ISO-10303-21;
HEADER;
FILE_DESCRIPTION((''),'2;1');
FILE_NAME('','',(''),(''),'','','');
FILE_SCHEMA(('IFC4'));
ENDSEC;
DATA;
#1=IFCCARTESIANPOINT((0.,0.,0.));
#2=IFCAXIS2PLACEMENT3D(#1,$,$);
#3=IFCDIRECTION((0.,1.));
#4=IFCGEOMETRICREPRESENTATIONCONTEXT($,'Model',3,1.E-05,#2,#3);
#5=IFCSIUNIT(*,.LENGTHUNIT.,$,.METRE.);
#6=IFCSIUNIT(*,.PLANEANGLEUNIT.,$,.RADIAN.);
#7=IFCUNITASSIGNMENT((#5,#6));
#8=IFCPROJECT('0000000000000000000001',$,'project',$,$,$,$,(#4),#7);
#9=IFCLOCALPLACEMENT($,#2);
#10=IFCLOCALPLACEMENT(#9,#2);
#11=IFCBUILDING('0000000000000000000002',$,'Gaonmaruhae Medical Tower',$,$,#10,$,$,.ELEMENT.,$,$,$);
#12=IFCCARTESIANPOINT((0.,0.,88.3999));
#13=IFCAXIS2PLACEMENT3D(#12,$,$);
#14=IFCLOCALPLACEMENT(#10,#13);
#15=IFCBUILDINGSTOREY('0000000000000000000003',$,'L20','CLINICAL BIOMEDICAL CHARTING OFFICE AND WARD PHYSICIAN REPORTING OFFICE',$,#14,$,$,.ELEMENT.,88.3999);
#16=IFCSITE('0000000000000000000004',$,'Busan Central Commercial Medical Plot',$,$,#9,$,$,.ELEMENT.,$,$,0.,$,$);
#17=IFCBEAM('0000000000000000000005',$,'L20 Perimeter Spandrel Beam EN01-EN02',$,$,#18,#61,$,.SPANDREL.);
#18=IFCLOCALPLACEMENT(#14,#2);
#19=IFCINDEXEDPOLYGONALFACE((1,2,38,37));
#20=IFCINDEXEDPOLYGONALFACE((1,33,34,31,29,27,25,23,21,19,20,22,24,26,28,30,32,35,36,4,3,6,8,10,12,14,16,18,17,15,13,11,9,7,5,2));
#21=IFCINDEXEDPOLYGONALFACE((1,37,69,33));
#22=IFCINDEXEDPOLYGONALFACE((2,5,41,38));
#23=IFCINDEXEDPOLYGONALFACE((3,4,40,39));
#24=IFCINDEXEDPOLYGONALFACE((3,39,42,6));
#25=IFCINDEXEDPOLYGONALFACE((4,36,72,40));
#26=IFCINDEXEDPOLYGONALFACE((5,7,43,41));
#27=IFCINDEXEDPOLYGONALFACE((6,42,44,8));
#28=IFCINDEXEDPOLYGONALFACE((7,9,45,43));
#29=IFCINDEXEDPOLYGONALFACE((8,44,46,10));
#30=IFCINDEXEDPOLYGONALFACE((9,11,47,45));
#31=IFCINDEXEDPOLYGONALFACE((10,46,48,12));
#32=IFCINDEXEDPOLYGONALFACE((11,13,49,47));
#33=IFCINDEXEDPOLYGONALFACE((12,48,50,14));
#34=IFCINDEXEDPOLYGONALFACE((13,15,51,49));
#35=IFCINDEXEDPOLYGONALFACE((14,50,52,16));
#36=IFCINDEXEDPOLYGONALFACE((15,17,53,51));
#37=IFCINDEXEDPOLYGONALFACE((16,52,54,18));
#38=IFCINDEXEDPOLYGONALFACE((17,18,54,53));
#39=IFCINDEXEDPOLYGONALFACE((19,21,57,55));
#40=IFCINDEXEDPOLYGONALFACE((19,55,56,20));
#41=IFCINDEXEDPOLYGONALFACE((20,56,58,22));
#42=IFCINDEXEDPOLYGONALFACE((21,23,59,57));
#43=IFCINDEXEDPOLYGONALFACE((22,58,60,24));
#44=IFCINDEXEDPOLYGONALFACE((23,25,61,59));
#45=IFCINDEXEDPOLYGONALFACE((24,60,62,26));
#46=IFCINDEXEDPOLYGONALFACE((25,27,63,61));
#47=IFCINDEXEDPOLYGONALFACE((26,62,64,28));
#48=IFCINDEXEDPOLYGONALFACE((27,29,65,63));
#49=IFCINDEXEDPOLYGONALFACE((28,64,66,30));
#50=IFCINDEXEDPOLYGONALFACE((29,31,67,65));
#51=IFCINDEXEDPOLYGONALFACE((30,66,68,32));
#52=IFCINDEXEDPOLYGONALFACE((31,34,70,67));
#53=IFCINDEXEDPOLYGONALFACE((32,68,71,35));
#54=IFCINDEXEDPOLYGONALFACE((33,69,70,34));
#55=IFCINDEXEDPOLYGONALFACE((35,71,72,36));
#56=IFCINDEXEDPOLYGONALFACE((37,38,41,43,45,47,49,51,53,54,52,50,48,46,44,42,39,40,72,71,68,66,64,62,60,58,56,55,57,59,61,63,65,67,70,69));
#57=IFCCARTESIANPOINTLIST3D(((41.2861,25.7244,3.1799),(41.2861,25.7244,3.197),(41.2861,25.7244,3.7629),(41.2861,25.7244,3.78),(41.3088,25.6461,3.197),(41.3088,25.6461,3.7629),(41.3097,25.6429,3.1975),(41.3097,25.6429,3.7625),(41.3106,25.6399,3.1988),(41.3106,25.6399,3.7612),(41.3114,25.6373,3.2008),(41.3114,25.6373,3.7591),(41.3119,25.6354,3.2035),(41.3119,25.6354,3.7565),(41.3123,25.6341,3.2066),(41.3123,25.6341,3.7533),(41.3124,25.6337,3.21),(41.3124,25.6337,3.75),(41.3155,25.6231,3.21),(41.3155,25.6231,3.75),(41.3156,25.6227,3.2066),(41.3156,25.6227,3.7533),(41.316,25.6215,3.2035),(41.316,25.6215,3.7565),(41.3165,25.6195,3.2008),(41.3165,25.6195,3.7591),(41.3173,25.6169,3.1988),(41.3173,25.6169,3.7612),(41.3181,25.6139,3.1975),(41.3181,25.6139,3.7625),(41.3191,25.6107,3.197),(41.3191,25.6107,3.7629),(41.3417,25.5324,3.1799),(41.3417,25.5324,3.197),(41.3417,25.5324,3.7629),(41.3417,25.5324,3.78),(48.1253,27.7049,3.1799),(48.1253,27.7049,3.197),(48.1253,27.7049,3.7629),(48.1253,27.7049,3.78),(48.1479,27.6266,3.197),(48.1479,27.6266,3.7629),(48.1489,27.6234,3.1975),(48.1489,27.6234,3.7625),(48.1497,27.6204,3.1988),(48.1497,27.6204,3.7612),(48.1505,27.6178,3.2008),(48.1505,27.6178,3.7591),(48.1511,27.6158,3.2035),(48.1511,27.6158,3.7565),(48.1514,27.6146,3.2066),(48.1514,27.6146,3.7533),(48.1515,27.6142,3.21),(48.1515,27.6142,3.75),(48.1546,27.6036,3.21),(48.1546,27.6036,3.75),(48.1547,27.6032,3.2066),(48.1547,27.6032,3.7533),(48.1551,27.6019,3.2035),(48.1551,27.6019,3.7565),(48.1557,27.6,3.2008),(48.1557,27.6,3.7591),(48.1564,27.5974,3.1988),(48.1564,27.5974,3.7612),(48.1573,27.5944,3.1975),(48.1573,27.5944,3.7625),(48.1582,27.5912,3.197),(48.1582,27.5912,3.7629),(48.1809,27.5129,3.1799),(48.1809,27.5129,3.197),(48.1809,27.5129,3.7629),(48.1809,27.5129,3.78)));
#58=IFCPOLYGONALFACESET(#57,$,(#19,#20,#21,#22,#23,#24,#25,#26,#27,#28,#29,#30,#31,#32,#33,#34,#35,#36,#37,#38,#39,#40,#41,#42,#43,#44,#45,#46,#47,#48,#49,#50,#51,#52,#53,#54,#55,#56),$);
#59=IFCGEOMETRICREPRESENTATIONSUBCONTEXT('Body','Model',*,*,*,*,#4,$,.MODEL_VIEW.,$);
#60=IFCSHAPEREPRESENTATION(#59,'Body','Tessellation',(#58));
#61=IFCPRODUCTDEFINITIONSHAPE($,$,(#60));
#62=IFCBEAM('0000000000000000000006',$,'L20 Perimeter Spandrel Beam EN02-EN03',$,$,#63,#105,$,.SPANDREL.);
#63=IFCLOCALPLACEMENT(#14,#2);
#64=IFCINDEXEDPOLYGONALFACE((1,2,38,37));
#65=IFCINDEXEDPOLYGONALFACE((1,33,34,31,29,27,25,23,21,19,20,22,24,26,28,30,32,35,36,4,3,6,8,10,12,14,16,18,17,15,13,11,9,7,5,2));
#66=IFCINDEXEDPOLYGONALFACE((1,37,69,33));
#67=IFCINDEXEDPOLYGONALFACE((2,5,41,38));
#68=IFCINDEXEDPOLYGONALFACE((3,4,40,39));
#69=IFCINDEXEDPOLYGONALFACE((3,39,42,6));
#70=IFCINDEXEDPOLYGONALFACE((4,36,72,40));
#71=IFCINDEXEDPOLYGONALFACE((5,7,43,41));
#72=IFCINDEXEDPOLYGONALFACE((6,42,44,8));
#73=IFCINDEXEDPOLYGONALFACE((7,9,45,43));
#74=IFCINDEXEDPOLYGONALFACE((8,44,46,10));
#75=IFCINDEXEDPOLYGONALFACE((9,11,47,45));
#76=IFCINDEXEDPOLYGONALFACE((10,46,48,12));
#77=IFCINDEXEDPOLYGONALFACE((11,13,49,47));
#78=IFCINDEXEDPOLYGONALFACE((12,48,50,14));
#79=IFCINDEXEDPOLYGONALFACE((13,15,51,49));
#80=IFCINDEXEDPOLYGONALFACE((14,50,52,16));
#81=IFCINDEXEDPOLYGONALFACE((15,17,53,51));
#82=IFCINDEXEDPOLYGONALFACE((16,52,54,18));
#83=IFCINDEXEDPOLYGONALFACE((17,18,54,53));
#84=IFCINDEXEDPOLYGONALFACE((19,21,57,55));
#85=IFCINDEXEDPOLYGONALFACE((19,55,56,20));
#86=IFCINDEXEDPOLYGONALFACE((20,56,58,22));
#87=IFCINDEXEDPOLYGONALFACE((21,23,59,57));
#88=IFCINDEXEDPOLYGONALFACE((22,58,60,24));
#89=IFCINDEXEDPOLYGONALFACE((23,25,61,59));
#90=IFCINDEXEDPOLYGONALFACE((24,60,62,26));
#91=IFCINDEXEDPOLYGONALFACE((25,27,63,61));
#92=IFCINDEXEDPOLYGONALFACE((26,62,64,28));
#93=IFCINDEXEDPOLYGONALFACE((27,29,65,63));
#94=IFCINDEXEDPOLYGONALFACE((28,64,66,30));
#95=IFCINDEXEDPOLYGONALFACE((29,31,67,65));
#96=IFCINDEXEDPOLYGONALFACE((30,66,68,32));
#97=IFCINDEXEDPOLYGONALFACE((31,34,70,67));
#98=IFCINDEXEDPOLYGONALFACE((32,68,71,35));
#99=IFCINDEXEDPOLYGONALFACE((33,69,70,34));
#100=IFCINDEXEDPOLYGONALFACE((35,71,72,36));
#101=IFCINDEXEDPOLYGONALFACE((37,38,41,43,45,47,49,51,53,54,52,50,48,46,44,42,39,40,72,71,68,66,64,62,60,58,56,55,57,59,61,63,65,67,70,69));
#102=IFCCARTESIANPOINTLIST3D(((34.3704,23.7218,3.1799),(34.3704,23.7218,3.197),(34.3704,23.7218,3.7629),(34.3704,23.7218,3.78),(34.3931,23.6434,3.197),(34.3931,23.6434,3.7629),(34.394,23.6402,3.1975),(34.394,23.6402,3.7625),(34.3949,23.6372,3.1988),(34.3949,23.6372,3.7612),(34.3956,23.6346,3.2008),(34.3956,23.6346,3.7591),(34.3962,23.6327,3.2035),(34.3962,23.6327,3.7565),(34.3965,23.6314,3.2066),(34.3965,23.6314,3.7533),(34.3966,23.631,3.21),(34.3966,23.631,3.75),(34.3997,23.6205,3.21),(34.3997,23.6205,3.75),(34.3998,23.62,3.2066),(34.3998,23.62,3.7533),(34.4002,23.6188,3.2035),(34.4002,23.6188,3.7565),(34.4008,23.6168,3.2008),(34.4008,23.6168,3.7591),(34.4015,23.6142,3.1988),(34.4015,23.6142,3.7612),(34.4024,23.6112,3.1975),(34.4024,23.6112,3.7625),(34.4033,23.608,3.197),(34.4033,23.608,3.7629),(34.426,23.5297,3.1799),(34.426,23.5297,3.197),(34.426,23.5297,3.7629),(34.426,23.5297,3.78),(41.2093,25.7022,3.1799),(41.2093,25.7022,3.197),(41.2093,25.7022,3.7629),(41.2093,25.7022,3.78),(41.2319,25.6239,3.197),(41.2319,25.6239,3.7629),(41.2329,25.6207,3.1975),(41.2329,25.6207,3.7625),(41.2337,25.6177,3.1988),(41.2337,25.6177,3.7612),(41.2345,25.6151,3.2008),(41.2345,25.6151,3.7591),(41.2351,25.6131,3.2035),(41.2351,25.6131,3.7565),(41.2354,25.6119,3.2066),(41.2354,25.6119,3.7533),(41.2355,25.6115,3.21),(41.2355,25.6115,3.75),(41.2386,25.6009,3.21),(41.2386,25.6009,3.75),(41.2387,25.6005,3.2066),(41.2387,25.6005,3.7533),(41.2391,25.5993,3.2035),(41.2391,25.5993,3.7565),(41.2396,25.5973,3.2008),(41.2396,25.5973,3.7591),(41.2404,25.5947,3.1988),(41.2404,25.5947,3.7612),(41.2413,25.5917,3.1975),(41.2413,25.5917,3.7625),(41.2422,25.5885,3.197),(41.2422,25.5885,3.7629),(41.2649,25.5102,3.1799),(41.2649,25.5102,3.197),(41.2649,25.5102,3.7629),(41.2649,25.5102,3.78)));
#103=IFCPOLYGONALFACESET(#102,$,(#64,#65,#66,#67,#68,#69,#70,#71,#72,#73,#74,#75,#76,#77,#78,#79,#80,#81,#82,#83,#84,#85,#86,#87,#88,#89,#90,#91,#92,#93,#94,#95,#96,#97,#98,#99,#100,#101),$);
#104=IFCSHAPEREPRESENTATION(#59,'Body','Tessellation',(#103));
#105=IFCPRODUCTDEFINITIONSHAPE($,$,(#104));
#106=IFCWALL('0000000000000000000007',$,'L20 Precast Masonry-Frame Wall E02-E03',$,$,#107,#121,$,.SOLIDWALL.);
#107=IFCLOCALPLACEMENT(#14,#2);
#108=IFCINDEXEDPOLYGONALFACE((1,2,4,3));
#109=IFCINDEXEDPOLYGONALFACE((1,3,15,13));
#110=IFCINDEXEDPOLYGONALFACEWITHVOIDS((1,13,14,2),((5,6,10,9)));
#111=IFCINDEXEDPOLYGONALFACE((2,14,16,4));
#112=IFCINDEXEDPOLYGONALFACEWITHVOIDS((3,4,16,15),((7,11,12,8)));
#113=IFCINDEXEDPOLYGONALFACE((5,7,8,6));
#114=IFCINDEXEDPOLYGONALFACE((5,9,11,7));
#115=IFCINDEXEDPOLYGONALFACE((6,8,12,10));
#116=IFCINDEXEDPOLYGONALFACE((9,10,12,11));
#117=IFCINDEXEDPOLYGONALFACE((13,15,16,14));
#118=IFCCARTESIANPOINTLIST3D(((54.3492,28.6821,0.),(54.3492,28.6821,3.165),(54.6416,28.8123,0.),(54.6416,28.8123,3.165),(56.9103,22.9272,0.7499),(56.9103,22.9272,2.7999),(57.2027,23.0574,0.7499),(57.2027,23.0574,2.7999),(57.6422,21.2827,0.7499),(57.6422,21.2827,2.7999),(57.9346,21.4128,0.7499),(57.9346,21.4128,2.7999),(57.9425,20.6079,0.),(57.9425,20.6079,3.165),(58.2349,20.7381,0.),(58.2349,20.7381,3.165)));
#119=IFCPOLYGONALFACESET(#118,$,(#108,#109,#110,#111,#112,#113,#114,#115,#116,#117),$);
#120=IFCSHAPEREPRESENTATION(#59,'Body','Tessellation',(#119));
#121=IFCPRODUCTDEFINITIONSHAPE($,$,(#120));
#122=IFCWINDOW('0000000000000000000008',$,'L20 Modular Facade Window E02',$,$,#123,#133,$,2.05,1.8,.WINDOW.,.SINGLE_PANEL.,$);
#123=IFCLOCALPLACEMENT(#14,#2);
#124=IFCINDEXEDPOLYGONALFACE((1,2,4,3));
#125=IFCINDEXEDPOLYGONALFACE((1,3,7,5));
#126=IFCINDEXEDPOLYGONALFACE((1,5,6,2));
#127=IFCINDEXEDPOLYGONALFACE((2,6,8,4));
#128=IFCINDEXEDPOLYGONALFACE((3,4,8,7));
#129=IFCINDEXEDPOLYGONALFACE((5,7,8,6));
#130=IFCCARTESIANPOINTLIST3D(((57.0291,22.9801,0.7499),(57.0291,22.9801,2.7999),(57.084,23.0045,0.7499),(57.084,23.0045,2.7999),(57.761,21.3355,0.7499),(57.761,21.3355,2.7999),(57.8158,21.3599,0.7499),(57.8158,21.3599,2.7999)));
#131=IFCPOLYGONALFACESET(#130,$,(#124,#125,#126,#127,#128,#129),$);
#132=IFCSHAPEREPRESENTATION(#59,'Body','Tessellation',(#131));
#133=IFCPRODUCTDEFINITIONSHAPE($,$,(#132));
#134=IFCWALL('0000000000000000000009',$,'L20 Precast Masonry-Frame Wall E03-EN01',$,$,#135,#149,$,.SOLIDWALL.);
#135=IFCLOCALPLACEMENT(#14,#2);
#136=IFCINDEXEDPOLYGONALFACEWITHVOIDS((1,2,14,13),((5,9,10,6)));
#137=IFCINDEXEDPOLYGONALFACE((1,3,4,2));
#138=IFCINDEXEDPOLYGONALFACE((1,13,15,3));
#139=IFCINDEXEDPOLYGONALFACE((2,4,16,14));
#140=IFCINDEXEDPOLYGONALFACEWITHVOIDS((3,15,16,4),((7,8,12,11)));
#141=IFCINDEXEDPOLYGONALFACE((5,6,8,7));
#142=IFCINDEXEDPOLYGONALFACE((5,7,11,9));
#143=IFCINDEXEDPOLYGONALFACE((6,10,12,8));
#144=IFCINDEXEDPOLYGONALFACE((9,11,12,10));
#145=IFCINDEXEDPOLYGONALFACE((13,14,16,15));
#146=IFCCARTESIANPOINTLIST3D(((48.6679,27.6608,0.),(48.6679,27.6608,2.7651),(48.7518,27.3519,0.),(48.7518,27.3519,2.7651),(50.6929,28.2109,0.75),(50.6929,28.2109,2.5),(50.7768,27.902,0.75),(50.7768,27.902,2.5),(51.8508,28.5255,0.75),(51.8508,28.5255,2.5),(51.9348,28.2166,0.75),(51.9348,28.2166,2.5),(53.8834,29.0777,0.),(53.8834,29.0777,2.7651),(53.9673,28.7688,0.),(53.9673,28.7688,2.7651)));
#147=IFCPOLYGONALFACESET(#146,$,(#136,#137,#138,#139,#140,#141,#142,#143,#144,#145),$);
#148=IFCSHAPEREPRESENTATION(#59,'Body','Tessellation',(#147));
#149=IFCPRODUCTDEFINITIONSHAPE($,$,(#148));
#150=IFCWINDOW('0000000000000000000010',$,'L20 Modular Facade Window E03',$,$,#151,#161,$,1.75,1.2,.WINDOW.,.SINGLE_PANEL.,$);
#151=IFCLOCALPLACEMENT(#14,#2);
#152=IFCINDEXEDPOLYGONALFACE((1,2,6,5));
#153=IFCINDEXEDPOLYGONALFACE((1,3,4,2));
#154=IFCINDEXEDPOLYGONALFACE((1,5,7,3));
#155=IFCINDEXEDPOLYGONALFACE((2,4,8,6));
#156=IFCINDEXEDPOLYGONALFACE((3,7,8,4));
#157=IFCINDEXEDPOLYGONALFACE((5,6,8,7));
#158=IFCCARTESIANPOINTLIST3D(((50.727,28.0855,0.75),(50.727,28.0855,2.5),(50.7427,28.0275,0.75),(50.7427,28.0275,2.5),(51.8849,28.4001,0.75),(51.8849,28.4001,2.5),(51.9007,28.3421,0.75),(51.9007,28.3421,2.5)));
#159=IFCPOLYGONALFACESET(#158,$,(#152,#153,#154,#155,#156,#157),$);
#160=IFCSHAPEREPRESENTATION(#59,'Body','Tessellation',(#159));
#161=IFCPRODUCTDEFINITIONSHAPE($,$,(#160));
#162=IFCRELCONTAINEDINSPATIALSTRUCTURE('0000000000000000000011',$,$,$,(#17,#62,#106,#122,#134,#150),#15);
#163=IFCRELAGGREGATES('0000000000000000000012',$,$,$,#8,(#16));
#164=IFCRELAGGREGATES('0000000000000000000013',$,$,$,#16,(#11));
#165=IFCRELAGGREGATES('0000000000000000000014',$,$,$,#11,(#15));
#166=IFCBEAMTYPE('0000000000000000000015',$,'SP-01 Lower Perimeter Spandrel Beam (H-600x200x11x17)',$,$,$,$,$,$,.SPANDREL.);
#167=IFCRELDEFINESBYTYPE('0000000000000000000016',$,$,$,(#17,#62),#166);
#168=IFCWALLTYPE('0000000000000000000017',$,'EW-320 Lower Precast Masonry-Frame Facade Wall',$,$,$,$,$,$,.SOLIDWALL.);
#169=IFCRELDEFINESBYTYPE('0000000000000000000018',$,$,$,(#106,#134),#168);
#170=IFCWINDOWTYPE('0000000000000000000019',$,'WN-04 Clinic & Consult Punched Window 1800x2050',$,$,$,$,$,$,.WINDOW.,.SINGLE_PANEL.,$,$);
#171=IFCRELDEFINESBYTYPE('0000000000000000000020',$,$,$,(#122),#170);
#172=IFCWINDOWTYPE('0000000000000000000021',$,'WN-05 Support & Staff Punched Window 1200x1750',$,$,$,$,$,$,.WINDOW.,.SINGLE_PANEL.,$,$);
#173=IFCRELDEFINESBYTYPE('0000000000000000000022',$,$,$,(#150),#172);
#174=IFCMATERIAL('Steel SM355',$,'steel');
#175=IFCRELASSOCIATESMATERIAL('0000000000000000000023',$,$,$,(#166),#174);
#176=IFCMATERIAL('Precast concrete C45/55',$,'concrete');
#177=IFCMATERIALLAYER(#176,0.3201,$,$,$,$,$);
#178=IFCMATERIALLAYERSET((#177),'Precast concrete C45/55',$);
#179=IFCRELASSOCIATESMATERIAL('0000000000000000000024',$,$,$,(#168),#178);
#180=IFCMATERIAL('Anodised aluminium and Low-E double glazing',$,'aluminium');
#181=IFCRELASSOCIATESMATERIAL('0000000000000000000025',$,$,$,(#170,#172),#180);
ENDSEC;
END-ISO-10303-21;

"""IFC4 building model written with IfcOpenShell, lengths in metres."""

from ifc_helpers import new_model, si_unit, direction, frame, frame_2d, origin, origin_2d, place, context, subcontext, project, spatial, rectangle, i_section, extrude, material, layer, layer_set, material_profile, profile_set, type_object, element, fill, save


model = new_model("IFC4")

# Units and contexts
model_context = context("Model", 3, precision=1e-05, world=origin(), true_north=direction((0.0, 1.0)))
body_context = subcontext(model_context, "Body", "Model", "MODEL_VIEW")
ifc_project = project(units=[si_unit("LENGTHUNIT", "METRE"), si_unit("PLANEANGLEUNIT", "RADIAN")], contexts=[model_context])

# Site, building, storey
site_placement = place(None, origin())
site = spatial("IfcSite", under=ifc_project, at=site_placement, Name="Busan Central Commercial Medical Plot", CompositionType="ELEMENT", RefElevation=0.0)
building_placement = place(site_placement, origin())
building = spatial("IfcBuilding", under=site, at=building_placement, Name="Gaonmaruhae Medical Tower", CompositionType="ELEMENT")
storey_placement = place(building_placement, frame((0.0, 0.0, 88.3999)))
storey = spatial("IfcBuildingStorey", under=building, at=storey_placement, Name="L20", Description="CLINICAL BIOMEDICAL CHARTING OFFICE AND WARD PHYSICIAN REPORTING OFFICE", CompositionType="ELEMENT", Elevation=88.3999)

# Beams
ifc_material_1 = material(Name="Steel SM355", Category="steel")
ifc_material_profile_1 = material_profile(ifc_material_1, i_section(OverallWidth=0.2, OverallDepth=0.6001, WebThickness=0.011, FlangeThickness=0.0171, FilletRadius=0.0129, at=origin_2d()), Name="H-600x200x11x17")
ifc_profile_set_1 = profile_set([ifc_material_profile_1], Name="Steel SM355")
beam_type_1 = type_object("IfcBeamType", Name="SP-01 Lower Perimeter Spandrel Beam (H-600x200x11x17)", PredefinedType="SPANDREL", material=ifc_profile_set_1)
beam_1_placement = place(storey_placement, frame((48.1531, 27.6089, 3.48), z_axis=(-0.960537, -0.278152, 0.0), x_axis=(0.278152, -0.960537, 0.0)))
element("IfcBeam", 1, at=beam_1_placement, inside=storey, type_object=beam_type_1, Name="L20 Perimeter Spandrel Beam EN01-EN02", PredefinedType="SPANDREL", context=body_context, shape_type="SweptSolid", body=[
    extrude(i_section(OverallWidth=0.2, OverallDepth=0.6001, WebThickness=0.011, FlangeThickness=0.0171, FilletRadius=0.0129, at=origin_2d()), origin(), (0.0, 0.0, 1.0), 7.1201),
])
beam_2_placement = place(storey_placement, frame((41.2371, 25.6062, 3.48), z_axis=(-0.960534, -0.278161, 0.0), x_axis=(0.278161, -0.960534, 0.0)))
element("IfcBeam", 2, at=beam_2_placement, inside=storey, type_object=beam_type_1, Name="L20 Perimeter Spandrel Beam EN02-EN03", PredefinedType="SPANDREL", context=body_context, shape_type="SweptSolid", body=[
    extrude(i_section(OverallWidth=0.2, OverallDepth=0.6001, WebThickness=0.011, FlangeThickness=0.0171, FilletRadius=0.0129, at=origin_2d()), origin(), (0.0, 0.0, 1.0), 7.1199),
])

# Walls, openings, windows
ifc_material_2 = material(Name="Precast concrete C45/55", Category="concrete")
ifc_layer_1 = layer(ifc_material_2, 0.3201)
ifc_layer_set_1 = layer_set([ifc_layer_1], Name="Precast concrete C45/55")
wall_type_1 = type_object("IfcWallType", Name="EW-320 Lower Precast Masonry-Frame Facade Wall", PredefinedType="SOLIDWALL", material=ifc_layer_set_1)
wall_1_placement = place(storey_placement, frame((54.4954, 28.7473, 0.0), z_axis=(0.0, 0.0, 1.0), x_axis=(0.406584, -0.913613, 0.0)))
wall_1 = element("IfcWall", 3, at=wall_1_placement, inside=storey, type_object=wall_type_1, Name="L20 Precast Masonry-Frame Wall E02-E03", PredefinedType="SOLIDWALL", context=body_context, shape_type="SweptSolid", body=[
    extrude(rectangle(XDim=8.8376, YDim=0.3201, at=frame_2d((4.4189, 0.0))), origin(), (0.0, 0.0, 1.0), 3.165),
])
opening_1_placement = place(wall_1_placement, frame((6.2993, 0.0, 0.75)))
opening_1 = element("IfcOpeningElement", 4, at=opening_1_placement, cuts=wall_1, PredefinedType="OPENING", context=body_context, shape_type="SweptSolid", body=[
    extrude(rectangle(XDim=1.8, YDim=2.05, at=frame_2d((0.8999, 1.0249))), frame((0.0, 0.1699, 0.0), z_axis=(0.0, -1.0, 0.0), x_axis=(1.0, 0.0, 0.0)), (0.0, 0.0, 1.0), 0.3401),
])
ifc_material_3 = material(Name="Anodised aluminium and Low-E double glazing", Category="aluminium")
window_type_1 = type_object("IfcWindowType", Name="WN-04 Clinic & Consult Punched Window 1800x2050", PartitioningType="SINGLE_PANEL", PredefinedType="WINDOW", material=ifc_material_3)
window_1_placement = place(opening_1_placement, origin())
window_1 = element("IfcWindow", 5, at=window_1_placement, inside=storey, type_object=window_type_1, Name="L20 Modular Facade Window E02", OverallHeight=2.05, OverallWidth=1.8, PartitioningType="SINGLE_PANEL", PredefinedType="WINDOW", context=body_context, shape_type="SweptSolid", body=[
    extrude(rectangle(XDim=1.8, YDim=2.05, at=frame_2d((0.8999, 1.0249))), frame((0.0, 0.03, 0.0), z_axis=(0.0, -1.0, 0.0), x_axis=(1.0, 0.0, 0.0)), (0.0, 0.0, 1.0), 0.0601),
])
fill(opening_1, window_1)
wall_2_placement = place(storey_placement, frame((48.71, 27.5063, 0.0), z_axis=(0.0, 0.0, 1.0), x_axis=(0.965019, 0.262181, 0.0)))
wall_2 = element("IfcWall", 6, at=wall_2_placement, inside=storey, type_object=wall_type_1, Name="L20 Precast Masonry-Frame Wall E03-EN01", PredefinedType="SOLIDWALL", context=body_context, shape_type="SweptSolid", body=[
    extrude(rectangle(XDim=5.4045, YDim=0.3201, at=frame_2d((2.7021, 0.0))), origin(), (0.0, 0.0, 1.0), 2.7651),
])
opening_2_placement = place(wall_2_placement, frame((2.0981, 0.0, 0.75)))
opening_2 = element("IfcOpeningElement", 7, at=opening_2_placement, cuts=wall_2, PredefinedType="OPENING", context=body_context, shape_type="SweptSolid", body=[
    extrude(rectangle(XDim=1.2, YDim=1.75, at=frame_2d((0.6001, 0.875))), frame((0.0, 0.1699, 0.0), z_axis=(0.0, -1.0, 0.0), x_axis=(1.0, 0.0, 0.0)), (0.0, 0.0, 1.0), 0.3401),
])
window_type_2 = type_object("IfcWindowType", Name="WN-05 Support & Staff Punched Window 1200x1750", PartitioningType="SINGLE_PANEL", PredefinedType="WINDOW", material=ifc_material_3)
window_2_placement = place(opening_2_placement, origin())
window_2 = element("IfcWindow", 8, at=window_2_placement, inside=storey, type_object=window_type_2, Name="L20 Modular Facade Window E03", OverallHeight=1.75, OverallWidth=1.2, PartitioningType="SINGLE_PANEL", PredefinedType="WINDOW", context=body_context, shape_type="SweptSolid", body=[
    extrude(rectangle(XDim=1.2, YDim=1.75, at=frame_2d((0.6001, 0.875))), frame((0.0, 0.03, 0.0), z_axis=(0.0, -1.0, 0.0), x_axis=(1.0, 0.0, 0.0)), (0.0, 0.0, 1.0), 0.0601),
])
fill(opening_2, window_2)

save(model, "model.ifc")
